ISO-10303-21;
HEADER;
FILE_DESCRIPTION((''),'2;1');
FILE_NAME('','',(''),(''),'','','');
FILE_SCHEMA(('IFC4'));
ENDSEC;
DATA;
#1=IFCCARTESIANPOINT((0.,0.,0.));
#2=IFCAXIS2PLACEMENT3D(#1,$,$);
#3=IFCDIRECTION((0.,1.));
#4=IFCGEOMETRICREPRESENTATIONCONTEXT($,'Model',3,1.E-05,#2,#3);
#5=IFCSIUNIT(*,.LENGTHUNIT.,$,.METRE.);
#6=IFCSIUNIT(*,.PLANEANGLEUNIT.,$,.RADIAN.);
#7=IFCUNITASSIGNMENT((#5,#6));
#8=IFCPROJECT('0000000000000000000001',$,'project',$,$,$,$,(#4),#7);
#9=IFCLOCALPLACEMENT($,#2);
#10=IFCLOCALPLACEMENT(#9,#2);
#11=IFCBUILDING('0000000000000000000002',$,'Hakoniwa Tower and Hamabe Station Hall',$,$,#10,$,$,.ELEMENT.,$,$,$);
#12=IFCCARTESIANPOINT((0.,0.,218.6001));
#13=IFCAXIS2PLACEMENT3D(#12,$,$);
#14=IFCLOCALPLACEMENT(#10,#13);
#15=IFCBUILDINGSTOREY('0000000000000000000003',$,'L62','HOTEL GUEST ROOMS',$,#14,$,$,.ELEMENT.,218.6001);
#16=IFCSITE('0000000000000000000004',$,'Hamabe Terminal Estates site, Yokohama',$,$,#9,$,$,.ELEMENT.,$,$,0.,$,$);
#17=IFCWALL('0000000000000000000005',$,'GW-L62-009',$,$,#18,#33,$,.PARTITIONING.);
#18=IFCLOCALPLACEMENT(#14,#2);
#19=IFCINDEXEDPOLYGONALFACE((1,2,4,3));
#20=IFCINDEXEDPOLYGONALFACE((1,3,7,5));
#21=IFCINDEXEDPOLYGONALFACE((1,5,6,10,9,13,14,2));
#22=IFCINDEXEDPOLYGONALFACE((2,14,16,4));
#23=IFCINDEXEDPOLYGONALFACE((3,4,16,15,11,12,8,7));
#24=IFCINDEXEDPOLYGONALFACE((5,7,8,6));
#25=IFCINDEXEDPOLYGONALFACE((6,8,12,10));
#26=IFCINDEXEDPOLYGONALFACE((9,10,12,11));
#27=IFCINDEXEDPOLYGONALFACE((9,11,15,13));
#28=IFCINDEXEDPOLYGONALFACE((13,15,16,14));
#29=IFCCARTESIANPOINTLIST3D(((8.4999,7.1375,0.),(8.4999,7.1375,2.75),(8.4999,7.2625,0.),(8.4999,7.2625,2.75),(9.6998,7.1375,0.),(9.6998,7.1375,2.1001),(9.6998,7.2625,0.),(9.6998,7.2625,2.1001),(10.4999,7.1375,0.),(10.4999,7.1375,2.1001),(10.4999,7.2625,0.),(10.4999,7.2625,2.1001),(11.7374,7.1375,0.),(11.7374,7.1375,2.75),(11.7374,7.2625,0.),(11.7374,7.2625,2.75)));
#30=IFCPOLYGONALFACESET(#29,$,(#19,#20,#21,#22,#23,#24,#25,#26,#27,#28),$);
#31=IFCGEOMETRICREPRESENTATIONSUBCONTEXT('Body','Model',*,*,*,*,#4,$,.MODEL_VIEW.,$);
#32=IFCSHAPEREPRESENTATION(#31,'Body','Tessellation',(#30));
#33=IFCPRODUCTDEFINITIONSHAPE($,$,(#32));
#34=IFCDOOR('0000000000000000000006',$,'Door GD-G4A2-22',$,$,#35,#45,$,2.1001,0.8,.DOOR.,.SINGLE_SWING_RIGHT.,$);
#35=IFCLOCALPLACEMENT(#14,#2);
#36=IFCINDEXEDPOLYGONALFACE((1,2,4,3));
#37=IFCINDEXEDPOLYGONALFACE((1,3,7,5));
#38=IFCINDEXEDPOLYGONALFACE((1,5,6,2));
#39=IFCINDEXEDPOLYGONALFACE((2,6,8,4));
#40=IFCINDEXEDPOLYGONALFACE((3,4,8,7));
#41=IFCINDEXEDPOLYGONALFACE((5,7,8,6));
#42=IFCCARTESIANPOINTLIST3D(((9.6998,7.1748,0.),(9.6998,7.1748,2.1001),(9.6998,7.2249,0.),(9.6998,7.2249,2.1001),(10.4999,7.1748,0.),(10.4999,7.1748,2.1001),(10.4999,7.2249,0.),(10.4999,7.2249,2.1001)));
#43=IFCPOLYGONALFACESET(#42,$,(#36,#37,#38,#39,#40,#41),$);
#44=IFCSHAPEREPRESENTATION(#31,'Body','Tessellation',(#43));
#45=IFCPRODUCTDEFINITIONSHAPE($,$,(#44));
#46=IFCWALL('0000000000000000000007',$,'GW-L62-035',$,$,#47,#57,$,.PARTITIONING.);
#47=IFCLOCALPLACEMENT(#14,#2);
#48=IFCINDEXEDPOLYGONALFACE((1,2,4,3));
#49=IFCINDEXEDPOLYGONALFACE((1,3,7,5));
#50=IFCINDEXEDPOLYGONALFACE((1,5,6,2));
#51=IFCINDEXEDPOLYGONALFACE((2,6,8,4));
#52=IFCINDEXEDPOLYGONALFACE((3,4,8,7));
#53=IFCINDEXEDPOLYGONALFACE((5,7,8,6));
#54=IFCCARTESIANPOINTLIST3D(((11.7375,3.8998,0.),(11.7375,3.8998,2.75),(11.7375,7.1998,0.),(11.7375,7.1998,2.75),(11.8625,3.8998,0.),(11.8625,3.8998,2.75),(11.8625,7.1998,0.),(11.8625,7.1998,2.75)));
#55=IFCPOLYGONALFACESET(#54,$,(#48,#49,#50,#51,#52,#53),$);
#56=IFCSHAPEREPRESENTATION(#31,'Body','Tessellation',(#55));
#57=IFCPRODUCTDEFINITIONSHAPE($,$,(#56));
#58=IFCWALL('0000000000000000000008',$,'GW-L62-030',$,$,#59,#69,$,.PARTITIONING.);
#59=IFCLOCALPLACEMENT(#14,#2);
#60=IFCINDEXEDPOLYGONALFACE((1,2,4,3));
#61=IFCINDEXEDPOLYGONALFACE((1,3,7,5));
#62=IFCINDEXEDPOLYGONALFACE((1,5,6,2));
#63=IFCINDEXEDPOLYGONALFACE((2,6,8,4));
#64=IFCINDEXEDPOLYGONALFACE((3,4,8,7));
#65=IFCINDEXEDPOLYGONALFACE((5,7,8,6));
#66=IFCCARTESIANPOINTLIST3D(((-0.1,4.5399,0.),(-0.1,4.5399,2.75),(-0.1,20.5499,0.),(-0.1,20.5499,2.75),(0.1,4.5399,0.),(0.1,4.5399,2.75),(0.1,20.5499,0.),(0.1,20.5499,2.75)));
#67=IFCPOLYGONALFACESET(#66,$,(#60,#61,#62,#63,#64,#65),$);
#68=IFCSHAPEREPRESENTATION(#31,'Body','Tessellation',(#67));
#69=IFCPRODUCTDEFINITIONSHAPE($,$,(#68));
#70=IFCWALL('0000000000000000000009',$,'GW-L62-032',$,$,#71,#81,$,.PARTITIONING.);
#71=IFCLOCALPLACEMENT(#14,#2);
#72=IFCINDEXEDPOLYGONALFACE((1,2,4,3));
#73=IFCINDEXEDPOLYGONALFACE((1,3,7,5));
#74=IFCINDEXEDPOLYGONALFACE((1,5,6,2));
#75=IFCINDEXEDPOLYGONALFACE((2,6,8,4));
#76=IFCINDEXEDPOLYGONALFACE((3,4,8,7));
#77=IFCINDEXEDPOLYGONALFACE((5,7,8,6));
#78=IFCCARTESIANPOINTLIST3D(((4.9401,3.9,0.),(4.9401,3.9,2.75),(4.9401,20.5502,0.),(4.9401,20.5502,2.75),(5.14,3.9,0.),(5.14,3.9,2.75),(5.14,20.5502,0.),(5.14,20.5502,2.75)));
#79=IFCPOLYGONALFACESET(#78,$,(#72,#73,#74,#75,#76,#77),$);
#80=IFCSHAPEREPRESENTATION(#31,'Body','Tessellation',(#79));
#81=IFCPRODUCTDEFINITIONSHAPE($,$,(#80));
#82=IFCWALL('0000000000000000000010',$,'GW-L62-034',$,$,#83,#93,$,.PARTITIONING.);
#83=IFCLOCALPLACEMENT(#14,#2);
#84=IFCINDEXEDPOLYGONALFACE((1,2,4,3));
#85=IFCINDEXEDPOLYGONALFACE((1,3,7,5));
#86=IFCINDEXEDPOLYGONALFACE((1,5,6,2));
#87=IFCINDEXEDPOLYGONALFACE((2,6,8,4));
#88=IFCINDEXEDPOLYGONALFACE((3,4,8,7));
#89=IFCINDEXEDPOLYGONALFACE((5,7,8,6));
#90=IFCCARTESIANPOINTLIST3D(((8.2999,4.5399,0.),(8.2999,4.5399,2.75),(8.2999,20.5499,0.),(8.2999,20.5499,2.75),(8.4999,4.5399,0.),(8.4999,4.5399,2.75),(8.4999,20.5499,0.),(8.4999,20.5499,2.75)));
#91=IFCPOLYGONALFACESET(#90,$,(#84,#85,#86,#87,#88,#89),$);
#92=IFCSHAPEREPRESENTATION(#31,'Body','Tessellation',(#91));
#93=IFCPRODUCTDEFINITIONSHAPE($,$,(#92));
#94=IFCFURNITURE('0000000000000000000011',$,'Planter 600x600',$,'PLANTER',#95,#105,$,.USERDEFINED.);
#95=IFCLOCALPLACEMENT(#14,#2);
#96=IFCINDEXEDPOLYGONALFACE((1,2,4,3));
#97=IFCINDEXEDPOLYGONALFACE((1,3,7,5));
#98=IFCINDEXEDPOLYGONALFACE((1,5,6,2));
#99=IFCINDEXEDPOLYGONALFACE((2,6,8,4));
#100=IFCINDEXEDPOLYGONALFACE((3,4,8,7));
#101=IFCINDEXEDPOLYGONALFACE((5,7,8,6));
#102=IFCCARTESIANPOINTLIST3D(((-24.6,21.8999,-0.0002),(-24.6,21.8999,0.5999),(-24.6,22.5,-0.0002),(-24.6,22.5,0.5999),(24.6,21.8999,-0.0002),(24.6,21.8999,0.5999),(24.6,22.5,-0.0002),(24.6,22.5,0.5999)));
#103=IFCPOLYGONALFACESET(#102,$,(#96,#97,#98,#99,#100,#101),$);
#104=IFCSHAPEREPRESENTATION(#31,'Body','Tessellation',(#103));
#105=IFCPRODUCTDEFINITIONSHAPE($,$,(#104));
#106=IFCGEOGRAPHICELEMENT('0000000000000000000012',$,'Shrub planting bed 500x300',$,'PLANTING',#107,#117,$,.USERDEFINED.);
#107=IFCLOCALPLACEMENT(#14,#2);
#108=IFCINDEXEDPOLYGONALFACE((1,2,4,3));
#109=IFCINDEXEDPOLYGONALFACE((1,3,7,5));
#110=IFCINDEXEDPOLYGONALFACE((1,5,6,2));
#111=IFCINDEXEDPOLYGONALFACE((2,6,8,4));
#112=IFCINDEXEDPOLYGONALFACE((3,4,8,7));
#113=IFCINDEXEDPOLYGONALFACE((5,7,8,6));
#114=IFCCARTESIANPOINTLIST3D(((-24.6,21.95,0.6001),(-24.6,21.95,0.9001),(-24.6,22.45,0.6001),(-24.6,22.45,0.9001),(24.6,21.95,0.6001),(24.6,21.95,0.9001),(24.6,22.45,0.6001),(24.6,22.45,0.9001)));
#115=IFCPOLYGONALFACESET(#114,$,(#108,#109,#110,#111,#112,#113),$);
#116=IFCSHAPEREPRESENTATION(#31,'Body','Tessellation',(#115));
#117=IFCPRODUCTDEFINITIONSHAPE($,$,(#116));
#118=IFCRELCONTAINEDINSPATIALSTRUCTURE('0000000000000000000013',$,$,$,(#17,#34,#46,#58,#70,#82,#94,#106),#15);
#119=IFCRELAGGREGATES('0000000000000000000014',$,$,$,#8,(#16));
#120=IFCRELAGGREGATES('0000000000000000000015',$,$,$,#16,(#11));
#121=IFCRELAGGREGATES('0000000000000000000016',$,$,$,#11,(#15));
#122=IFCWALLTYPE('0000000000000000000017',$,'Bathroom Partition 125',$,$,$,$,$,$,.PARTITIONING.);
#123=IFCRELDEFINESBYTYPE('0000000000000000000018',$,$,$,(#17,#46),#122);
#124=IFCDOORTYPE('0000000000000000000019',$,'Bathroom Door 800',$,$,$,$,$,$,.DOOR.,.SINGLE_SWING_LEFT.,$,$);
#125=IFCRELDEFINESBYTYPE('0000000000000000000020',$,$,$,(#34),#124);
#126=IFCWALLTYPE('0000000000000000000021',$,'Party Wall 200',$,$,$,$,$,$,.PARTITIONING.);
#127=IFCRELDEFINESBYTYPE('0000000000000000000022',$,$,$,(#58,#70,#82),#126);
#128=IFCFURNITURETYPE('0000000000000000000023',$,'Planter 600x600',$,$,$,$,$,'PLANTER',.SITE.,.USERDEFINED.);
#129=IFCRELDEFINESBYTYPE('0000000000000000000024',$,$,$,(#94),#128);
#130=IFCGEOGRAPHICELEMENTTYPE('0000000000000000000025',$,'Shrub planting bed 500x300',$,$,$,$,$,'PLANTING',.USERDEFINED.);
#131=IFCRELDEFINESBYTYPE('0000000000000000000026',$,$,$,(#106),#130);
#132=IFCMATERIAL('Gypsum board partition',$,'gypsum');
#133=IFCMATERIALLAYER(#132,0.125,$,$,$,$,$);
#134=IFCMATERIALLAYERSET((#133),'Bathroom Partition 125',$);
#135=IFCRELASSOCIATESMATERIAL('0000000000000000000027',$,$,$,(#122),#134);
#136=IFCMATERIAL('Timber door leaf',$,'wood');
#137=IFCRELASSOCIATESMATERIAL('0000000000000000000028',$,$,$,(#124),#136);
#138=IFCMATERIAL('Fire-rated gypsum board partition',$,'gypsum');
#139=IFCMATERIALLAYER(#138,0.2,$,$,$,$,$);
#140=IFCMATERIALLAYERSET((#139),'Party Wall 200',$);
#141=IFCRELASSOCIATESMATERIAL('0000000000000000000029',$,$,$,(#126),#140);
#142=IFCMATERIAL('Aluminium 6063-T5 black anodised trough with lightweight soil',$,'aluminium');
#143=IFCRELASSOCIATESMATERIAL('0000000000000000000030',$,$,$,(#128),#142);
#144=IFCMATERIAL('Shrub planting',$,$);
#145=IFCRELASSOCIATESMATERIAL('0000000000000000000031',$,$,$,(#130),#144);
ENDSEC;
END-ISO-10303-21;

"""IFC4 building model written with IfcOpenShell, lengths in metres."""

from ifc_helpers import new_model, si_unit, direction, frame, frame_2d, origin, origin_2d, place, context, subcontext, project, spatial, rectangle, extrude, material, layer, layer_set, type_object, element, fill, save


model = new_model("IFC4")

# Units and contexts
model_context = context("Model", 3, precision=1e-05, world=origin(), true_north=direction((0.0, 1.0)))
body_context = subcontext(model_context, "Body", "Model", "MODEL_VIEW")
ifc_project = project(units=[si_unit("LENGTHUNIT", "METRE"), si_unit("PLANEANGLEUNIT", "RADIAN")], contexts=[model_context])

# Site, building, storey
site_placement = place(None, origin())
site = spatial("IfcSite", under=ifc_project, at=site_placement, Name="Hamabe Terminal Estates site, Yokohama", CompositionType="ELEMENT", RefElevation=0.0)
building_placement = place(site_placement, origin())
building = spatial("IfcBuilding", under=site, at=building_placement, Name="Hakoniwa Tower and Hamabe Station Hall", CompositionType="ELEMENT")
storey_placement = place(building_placement, frame((0.0, 0.0, 218.6001)))
storey = spatial("IfcBuildingStorey", under=building, at=storey_placement, Name="L62", Description="HOTEL GUEST ROOMS", CompositionType="ELEMENT", Elevation=218.6001)

# Wall, opening, door
ifc_material_1 = material(Name="Gypsum board partition", Category="gypsum")
ifc_layer_1 = layer(ifc_material_1, 0.125)
ifc_layer_set_1 = layer_set([ifc_layer_1], Name="Bathroom Partition 125")
wall_type_1 = type_object("IfcWallType", Name="Bathroom Partition 125", PredefinedType="PARTITIONING", material=ifc_layer_set_1)
wall_1_placement = place(storey_placement, frame((8.5, 7.2, 0.0), z_axis=(0.0, 0.0, 1.0), x_axis=(1.0, 0.0, 0.0)))
wall_1 = element("IfcWall", 1, at=wall_1_placement, inside=storey, type_object=wall_type_1, Name="GW-L62-009", PredefinedType="PARTITIONING", context=body_context, shape_type="SweptSolid", body=[
    extrude(rectangle(XDim=3.2375, YDim=0.125, at=frame_2d((1.6187, 0.0))), origin(), (0.0, 0.0, 1.0), 2.75),
])
opening_placement = place(wall_1_placement, frame((1.2, 0.0, 0.0)))
opening = element("IfcOpeningElement", 2, at=opening_placement, cuts=wall_1, PredefinedType="OPENING", context=body_context, shape_type="SweptSolid", body=[
    extrude(rectangle(XDim=0.8, YDim=2.1001, at=frame_2d((0.3999, 1.05))), frame((0.0, 0.0725, 0.0), z_axis=(0.0, -1.0, 0.0), x_axis=(1.0, 0.0, 0.0)), (0.0, 0.0, 1.0), 0.145),
])
ifc_material_2 = material(Name="Timber door leaf", Category="wood")
door_type = type_object("IfcDoorType", Name="Bathroom Door 800", OperationType="SINGLE_SWING_LEFT", PredefinedType="DOOR", material=ifc_material_2)
door_placement = place(opening_placement, origin())
door = element("IfcDoor", 3, at=door_placement, inside=storey, type_object=door_type, Name="Door GD-G4A2-22", OperationType="SINGLE_SWING_RIGHT", OverallHeight=2.1001, OverallWidth=0.8, PredefinedType="DOOR", context=body_context, shape_type="SweptSolid", body=[
    extrude(rectangle(XDim=0.8, YDim=2.1001, at=frame_2d((0.3999, 1.05))), frame((0.0, 0.0249, 0.0), z_axis=(0.0, -1.0, 0.0), x_axis=(1.0, 0.0, 0.0)), (0.0, 0.0, 1.0), 0.05),
])
fill(opening, door)

# Walls
wall_2_placement = place(storey_placement, frame((11.8, 3.8999, 0.0), z_axis=(0.0, 0.0, 1.0), x_axis=(0.0, 1.0, 0.0)))
element("IfcWall", 4, at=wall_2_placement, inside=storey, type_object=wall_type_1, Name="GW-L62-035", PredefinedType="PARTITIONING", context=body_context, shape_type="SweptSolid", body=[
    extrude(rectangle(XDim=3.3, YDim=0.125, at=frame_2d((1.6499, 0.0))), origin(), (0.0, 0.0, 1.0), 2.75),
])
ifc_material_3 = material(Name="Fire-rated gypsum board partition", Category="gypsum")
ifc_layer_2 = layer(ifc_material_3, 0.2)
ifc_layer_set_2 = layer_set([ifc_layer_2], Name="Party Wall 200")
wall_type_2 = type_object("IfcWallType", Name="Party Wall 200", PredefinedType="PARTITIONING", material=ifc_layer_set_2)
wall_3_placement = place(storey_placement, frame((0.0, 4.54, 0.0), z_axis=(0.0, 0.0, 1.0), x_axis=(0.0, 1.0, 0.0)))
element("IfcWall", 5, at=wall_3_placement, inside=storey, type_object=wall_type_2, Name="GW-L62-030", PredefinedType="PARTITIONING", context=body_context, shape_type="SweptSolid", body=[
    extrude(rectangle(XDim=16.01, YDim=0.2, at=frame_2d((8.0049, 0.0))), origin(), (0.0, 0.0, 1.0), 2.75),
])
wall_4_placement = place(storey_placement, frame((5.04, 3.8999, 0.0), z_axis=(0.0, 0.0, 1.0), x_axis=(0.0, 1.0, 0.0)))
element("IfcWall", 6, at=wall_4_placement, inside=storey, type_object=wall_type_2, Name="GW-L62-032", PredefinedType="PARTITIONING", context=body_context, shape_type="SweptSolid", body=[
    extrude(rectangle(XDim=16.6501, YDim=0.2, at=frame_2d((8.3252, 0.0))), origin(), (0.0, 0.0, 1.0), 2.75),
])
wall_5_placement = place(storey_placement, frame((8.3999, 4.54, 0.0), z_axis=(0.0, 0.0, 1.0), x_axis=(0.0, 1.0, 0.0)))
element("IfcWall", 7, at=wall_5_placement, inside=storey, type_object=wall_type_2, Name="GW-L62-034", PredefinedType="PARTITIONING", context=body_context, shape_type="SweptSolid", body=[
    extrude(rectangle(XDim=16.01, YDim=0.2, at=frame_2d((8.0049, 0.0))), origin(), (0.0, 0.0, 1.0), 2.75),
])

# Furniture
ifc_material_4 = material(Name="Aluminium 6063-T5 black anodised trough with lightweight soil", Category="aluminium")
furniture_type = type_object("IfcFurnitureType", Name="Planter 600x600", ElementType="PLANTER", AssemblyPlace="SITE", PredefinedType="USERDEFINED", material=ifc_material_4)
furniture_placement = place(storey_placement, frame((0.0, 22.2, -0.0002), z_axis=(0.0, 0.0, 1.0), x_axis=(1.0, 0.0, 0.0)))
element("IfcFurniture", 8, at=furniture_placement, inside=storey, type_object=furniture_type, Name="Planter 600x600", ObjectType="PLANTER", PredefinedType="USERDEFINED", context=body_context, shape_type="SweptSolid", body=[
    extrude(rectangle(XDim=49.2, YDim=0.6001, at=origin_2d()), origin(), (0.0, 0.0, 1.0), 0.6001),
])

# Geographic element
ifc_material_5 = material(Name="Shrub planting")
geographic_element_type = type_object("IfcGeographicElementType", Name="Shrub planting bed 500x300", ElementType="PLANTING", PredefinedType="USERDEFINED", material=ifc_material_5)
geographic_element_placement = place(storey_placement, frame((0.0, 22.2, 0.6001), z_axis=(0.0, 0.0, 1.0), x_axis=(1.0, 0.0, 0.0)))
element("IfcGeographicElement", 9, at=geographic_element_placement, inside=storey, type_object=geographic_element_type, Name="Shrub planting bed 500x300", ObjectType="PLANTING", PredefinedType="USERDEFINED", context=body_context, shape_type="SweptSolid", body=[
    extrude(rectangle(XDim=49.2, YDim=0.5, at=origin_2d()), origin(), (0.0, 0.0, 1.0), 0.3),
])

save(model, "model.ifc")
